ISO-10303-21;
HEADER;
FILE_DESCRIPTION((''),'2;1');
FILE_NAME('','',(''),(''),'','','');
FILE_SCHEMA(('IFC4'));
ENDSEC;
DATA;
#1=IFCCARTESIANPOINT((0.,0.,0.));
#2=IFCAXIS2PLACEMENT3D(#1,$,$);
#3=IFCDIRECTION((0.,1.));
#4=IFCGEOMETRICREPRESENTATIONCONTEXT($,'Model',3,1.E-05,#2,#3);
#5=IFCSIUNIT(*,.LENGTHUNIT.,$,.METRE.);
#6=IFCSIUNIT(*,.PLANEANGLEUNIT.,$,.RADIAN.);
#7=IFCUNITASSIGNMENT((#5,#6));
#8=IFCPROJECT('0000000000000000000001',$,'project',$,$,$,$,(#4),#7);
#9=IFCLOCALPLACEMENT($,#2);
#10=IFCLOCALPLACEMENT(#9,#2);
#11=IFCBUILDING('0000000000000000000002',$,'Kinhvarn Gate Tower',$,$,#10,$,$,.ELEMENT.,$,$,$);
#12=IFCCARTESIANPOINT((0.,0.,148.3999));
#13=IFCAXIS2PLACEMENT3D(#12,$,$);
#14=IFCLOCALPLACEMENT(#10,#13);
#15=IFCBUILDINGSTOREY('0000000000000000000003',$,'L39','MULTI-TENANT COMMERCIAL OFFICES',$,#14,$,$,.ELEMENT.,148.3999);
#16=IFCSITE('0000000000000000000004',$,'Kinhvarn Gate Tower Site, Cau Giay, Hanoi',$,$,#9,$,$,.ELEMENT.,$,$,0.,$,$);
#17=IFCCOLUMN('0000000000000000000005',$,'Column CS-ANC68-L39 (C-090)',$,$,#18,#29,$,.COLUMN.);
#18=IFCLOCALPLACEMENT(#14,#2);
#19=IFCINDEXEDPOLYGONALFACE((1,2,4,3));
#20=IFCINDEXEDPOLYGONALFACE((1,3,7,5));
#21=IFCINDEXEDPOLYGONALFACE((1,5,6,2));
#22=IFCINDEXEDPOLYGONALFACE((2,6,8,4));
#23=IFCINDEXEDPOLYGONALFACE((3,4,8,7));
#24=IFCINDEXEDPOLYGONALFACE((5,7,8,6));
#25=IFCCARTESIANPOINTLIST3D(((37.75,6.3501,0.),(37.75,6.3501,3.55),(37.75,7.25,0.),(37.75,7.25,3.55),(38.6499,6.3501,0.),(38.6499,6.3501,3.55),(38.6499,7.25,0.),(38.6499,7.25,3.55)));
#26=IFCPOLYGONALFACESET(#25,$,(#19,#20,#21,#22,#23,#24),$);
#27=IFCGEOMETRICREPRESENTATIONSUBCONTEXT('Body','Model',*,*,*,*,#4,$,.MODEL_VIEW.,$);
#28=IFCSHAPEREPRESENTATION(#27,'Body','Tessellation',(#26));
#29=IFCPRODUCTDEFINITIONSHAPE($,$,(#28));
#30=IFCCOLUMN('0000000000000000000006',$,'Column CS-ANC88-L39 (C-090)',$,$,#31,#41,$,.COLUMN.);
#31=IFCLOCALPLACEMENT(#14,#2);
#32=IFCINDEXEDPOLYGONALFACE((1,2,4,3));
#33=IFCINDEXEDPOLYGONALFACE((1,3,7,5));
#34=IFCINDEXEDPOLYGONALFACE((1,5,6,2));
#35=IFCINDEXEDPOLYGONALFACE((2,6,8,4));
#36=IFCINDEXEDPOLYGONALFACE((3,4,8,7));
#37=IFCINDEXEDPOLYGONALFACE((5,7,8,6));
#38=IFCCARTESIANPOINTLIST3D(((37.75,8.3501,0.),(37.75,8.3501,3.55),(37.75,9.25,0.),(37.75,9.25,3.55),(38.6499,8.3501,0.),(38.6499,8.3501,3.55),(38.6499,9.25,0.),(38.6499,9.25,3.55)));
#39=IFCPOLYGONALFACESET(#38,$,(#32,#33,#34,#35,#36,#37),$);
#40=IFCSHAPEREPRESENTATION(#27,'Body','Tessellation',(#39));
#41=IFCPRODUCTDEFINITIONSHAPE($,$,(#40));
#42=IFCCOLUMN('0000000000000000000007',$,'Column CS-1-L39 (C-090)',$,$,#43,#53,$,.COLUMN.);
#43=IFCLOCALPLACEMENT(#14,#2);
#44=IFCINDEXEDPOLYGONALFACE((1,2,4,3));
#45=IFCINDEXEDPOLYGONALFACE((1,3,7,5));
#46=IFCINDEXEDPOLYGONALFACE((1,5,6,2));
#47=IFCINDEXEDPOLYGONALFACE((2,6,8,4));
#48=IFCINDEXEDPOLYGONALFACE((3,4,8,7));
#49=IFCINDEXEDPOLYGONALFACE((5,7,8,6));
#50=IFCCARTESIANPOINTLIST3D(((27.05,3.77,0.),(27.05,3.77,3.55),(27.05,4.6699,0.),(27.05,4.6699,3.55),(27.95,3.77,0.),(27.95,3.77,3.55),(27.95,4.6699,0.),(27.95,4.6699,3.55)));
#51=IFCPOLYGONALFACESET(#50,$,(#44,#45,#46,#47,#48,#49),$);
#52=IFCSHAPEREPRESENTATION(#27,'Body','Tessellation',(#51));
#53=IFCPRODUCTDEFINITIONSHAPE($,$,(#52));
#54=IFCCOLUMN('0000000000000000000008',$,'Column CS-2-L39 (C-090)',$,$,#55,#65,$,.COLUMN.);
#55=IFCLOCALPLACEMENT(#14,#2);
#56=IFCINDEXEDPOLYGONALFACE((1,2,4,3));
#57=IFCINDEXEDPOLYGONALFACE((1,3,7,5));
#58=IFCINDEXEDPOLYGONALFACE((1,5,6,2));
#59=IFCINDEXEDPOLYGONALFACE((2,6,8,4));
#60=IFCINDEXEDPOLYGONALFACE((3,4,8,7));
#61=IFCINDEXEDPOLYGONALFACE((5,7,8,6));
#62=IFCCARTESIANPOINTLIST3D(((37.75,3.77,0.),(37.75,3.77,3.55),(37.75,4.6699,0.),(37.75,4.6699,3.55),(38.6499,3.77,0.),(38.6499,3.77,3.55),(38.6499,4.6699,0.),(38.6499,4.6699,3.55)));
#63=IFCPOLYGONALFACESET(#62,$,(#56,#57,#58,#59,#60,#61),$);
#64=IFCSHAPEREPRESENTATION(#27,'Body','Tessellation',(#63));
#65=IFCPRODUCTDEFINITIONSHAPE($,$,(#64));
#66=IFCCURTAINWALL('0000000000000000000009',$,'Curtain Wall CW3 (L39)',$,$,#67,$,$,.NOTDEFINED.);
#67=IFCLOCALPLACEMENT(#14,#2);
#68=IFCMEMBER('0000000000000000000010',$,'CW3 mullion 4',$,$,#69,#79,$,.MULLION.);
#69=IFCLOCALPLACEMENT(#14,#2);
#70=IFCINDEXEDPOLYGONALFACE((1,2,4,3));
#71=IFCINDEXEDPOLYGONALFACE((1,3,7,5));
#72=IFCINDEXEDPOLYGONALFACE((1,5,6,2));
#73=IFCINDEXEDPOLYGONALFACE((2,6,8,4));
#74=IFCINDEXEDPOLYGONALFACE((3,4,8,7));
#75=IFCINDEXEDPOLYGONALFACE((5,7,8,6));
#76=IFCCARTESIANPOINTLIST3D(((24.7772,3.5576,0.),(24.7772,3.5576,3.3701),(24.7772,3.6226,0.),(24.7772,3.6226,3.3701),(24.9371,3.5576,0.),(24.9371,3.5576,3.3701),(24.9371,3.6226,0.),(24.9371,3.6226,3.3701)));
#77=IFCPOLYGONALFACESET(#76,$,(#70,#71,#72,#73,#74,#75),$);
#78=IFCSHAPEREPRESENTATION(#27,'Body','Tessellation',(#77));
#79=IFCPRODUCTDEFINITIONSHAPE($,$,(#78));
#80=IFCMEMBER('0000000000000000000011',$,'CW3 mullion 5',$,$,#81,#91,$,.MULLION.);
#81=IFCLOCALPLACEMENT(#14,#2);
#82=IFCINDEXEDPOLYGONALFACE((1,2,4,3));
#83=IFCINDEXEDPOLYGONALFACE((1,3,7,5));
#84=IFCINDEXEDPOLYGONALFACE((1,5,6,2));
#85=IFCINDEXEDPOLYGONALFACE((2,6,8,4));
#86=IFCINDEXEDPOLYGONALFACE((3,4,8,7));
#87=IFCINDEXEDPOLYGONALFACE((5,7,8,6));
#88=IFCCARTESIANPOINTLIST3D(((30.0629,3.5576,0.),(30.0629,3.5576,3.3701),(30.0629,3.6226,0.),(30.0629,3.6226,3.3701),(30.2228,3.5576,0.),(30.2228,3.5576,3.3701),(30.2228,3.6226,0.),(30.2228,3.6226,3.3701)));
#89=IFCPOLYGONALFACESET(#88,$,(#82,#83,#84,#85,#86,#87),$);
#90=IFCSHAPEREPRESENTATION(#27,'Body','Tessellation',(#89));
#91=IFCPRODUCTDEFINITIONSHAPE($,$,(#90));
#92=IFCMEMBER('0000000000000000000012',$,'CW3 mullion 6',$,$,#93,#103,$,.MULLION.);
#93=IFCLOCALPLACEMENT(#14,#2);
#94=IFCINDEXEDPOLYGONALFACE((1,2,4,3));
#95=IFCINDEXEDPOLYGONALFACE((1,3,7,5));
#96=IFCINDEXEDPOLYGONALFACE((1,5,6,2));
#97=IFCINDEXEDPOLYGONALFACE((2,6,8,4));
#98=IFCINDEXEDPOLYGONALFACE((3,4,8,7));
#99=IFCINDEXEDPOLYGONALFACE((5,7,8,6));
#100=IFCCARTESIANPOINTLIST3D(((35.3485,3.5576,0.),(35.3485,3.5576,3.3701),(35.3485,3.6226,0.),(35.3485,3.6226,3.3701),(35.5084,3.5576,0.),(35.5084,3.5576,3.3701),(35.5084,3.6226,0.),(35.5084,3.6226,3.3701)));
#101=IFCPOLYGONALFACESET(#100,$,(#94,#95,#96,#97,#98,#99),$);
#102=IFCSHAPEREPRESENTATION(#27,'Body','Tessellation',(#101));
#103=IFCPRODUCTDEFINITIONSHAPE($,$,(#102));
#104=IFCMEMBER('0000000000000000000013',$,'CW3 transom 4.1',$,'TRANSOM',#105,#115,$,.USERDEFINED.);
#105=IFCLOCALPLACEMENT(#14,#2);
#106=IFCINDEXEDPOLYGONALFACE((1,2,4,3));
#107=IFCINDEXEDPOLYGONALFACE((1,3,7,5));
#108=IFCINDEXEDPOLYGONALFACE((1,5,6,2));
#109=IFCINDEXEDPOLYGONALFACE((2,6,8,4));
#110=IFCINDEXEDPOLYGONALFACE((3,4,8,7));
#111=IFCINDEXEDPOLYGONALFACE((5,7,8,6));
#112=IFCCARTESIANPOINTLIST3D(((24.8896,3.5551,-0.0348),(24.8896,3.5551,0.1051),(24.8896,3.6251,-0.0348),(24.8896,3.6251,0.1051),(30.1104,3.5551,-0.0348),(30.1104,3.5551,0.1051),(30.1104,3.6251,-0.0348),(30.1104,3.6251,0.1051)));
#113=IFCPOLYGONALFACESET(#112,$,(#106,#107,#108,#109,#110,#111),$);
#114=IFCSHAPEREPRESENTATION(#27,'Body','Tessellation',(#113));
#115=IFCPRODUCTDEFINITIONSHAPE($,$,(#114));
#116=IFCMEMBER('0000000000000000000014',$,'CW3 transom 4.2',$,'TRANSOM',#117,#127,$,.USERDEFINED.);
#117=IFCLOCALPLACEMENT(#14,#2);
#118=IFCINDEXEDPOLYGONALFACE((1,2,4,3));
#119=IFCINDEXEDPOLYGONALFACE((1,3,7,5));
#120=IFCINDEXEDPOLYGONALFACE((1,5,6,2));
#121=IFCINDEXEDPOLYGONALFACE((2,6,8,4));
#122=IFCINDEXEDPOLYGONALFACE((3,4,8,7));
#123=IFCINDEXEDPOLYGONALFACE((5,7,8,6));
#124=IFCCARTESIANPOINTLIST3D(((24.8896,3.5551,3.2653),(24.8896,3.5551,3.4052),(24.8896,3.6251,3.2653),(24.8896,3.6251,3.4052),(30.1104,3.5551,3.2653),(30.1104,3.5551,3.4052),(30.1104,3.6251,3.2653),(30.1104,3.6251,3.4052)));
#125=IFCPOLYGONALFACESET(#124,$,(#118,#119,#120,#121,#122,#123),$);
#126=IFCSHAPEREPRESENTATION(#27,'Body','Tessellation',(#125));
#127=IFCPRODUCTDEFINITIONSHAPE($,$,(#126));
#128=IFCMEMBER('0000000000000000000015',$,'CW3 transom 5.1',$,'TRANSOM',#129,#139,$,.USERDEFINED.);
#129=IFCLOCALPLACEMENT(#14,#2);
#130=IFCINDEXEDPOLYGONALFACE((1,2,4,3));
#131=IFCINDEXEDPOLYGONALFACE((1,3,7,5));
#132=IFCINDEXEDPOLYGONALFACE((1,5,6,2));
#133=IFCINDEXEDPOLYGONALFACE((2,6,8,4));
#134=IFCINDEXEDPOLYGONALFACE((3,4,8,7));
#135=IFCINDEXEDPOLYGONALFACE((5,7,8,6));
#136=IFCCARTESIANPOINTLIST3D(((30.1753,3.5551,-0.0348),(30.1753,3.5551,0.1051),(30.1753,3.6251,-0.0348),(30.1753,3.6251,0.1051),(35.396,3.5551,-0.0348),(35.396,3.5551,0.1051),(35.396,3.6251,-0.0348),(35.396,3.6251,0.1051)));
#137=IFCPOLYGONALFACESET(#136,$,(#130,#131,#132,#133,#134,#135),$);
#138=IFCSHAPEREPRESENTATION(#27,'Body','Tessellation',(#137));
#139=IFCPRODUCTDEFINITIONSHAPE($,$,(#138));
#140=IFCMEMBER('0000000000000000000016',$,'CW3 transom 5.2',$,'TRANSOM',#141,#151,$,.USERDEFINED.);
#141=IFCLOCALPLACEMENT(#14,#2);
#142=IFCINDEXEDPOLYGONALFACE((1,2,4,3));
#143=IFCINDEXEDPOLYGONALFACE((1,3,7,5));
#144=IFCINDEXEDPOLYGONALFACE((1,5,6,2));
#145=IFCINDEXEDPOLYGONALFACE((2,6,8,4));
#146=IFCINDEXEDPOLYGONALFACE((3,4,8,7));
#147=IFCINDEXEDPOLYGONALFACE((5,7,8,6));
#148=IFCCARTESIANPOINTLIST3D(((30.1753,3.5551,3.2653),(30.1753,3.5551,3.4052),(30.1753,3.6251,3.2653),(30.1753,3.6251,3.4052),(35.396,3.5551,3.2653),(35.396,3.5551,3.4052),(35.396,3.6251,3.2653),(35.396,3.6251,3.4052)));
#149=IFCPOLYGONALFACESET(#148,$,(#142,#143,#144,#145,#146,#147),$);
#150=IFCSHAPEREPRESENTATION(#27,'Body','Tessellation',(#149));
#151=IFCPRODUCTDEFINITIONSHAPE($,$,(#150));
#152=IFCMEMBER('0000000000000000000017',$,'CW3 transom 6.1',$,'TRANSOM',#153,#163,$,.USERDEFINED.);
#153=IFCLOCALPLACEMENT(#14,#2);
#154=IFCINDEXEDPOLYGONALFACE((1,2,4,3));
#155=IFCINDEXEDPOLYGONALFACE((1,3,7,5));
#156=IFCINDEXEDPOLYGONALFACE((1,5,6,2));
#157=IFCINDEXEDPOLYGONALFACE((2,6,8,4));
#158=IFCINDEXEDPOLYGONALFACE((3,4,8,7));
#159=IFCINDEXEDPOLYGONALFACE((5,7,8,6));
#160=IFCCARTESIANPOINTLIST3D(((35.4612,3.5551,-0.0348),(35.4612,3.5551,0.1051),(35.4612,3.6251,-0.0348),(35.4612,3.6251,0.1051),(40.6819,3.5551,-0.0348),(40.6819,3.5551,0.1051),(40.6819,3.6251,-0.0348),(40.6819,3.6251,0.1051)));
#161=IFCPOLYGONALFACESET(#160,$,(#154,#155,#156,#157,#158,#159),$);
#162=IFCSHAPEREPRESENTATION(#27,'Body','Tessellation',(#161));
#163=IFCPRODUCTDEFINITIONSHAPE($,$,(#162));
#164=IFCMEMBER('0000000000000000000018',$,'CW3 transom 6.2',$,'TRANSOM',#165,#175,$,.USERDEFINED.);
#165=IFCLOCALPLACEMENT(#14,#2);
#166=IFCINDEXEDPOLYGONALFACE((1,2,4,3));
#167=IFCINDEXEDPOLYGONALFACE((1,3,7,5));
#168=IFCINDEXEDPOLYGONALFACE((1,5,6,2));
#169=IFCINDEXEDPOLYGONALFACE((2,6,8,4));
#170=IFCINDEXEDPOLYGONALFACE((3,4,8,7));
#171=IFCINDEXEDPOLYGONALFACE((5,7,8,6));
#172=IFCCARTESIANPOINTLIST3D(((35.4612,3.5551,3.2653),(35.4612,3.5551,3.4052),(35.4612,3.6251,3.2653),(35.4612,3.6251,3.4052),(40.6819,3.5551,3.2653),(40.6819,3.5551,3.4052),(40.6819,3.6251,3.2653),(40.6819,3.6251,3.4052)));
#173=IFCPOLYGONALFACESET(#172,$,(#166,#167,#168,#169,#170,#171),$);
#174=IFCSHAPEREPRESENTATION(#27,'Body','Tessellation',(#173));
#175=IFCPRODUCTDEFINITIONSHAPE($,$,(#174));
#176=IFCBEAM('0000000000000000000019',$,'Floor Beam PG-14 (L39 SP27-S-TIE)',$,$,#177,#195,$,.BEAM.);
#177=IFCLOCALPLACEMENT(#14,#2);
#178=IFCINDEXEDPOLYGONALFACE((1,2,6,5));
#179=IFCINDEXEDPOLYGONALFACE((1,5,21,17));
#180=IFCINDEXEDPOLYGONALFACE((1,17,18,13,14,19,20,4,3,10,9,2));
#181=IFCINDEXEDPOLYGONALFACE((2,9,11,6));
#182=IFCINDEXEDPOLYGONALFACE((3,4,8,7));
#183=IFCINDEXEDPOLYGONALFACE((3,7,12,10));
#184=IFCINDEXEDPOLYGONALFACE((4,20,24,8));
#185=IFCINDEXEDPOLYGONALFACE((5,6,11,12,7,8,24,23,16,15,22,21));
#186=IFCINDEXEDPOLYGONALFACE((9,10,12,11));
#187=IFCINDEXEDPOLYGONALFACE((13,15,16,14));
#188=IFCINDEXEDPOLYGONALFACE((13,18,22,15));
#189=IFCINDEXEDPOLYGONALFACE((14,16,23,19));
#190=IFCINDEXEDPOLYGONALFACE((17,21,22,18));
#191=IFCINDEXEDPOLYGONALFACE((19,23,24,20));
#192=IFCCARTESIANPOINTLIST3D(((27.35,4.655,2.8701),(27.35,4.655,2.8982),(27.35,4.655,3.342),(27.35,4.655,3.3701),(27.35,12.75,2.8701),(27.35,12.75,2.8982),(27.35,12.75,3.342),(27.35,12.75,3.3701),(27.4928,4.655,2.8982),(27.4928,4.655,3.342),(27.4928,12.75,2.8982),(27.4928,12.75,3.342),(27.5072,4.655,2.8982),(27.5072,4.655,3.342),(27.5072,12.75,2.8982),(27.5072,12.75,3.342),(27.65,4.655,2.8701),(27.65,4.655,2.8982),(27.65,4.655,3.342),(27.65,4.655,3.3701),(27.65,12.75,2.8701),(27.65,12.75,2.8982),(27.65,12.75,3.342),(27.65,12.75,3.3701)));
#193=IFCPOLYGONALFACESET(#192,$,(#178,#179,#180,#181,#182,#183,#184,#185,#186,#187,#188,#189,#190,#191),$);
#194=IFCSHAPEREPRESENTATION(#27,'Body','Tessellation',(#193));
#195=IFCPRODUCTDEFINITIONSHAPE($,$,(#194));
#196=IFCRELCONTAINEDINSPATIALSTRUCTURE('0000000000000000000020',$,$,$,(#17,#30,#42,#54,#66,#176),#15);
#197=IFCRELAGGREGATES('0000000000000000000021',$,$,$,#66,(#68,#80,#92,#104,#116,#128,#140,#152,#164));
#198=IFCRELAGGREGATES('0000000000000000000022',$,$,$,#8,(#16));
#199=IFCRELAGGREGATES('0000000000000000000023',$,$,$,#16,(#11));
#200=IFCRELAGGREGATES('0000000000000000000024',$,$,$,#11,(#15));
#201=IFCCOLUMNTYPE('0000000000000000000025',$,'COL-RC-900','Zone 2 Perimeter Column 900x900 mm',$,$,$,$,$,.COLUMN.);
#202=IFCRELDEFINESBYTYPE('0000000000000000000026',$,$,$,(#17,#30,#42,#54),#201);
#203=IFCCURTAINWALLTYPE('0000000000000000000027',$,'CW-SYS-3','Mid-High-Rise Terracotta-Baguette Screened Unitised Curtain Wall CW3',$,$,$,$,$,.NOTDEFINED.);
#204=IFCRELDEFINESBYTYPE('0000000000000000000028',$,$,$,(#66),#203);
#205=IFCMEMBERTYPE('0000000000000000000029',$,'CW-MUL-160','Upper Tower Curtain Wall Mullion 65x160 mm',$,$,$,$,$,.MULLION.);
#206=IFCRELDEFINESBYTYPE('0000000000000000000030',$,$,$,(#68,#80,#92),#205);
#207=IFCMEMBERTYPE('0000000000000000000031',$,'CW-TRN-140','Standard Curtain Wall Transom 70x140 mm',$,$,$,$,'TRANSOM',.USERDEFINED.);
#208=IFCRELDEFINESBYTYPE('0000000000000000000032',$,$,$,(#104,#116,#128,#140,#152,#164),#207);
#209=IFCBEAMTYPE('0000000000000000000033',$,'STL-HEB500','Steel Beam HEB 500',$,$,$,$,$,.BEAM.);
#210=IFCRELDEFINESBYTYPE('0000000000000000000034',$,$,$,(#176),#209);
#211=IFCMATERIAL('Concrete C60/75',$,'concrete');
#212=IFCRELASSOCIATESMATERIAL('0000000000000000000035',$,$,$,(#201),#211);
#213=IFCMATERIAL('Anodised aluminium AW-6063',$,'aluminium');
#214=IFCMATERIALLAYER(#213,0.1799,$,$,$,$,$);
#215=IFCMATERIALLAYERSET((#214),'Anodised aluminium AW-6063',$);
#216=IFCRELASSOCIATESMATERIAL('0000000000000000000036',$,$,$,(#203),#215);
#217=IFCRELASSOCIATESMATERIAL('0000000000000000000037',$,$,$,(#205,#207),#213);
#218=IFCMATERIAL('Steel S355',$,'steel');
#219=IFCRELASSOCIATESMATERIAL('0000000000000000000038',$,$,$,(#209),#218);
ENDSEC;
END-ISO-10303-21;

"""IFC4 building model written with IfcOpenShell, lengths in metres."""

from ifc_helpers import new_model, si_unit, direction, frame, origin, origin_2d, place, context, subcontext, project, spatial, rectangle, i_section, extrude, material, layer, layer_set, material_profile, profile_set, type_object, element, aggregate, save


model = new_model("IFC4")

# Units and contexts
model_context = context("Model", 3, precision=1e-05, world=origin(), true_north=direction((0.0, 1.0)))
body_context = subcontext(model_context, "Body", "Model", "MODEL_VIEW")
ifc_project = project(units=[si_unit("LENGTHUNIT", "METRE"), si_unit("PLANEANGLEUNIT", "RADIAN")], contexts=[model_context])

# Site, building, storey
site_placement = place(None, origin())
site = spatial("IfcSite", under=ifc_project, at=site_placement, Name="Kinhvarn Gate Tower Site, Cau Giay, Hanoi", CompositionType="ELEMENT", RefElevation=0.0)
building_placement = place(site_placement, origin())
building = spatial("IfcBuilding", under=site, at=building_placement, Name="Kinhvarn Gate Tower", CompositionType="ELEMENT")
storey_placement = place(building_placement, frame((0.0, 0.0, 148.3999)))
storey = spatial("IfcBuildingStorey", under=building, at=storey_placement, Name="L39", Description="MULTI-TENANT COMMERCIAL OFFICES", CompositionType="ELEMENT", Elevation=148.3999)

# Columns
ifc_material_1 = material(Name="Concrete C60/75", Category="concrete")
ifc_material_profile_1 = material_profile(ifc_material_1, rectangle(XDim=0.8999, YDim=0.8999, at=origin_2d()), Name="RC 900x900")
ifc_profile_set_1 = profile_set([ifc_material_profile_1], Name="Concrete C60/75")
column_type = type_object("IfcColumnType", Name="COL-RC-900", Description="Zone 2 Perimeter Column 900x900 mm", PredefinedType="COLUMN", material=ifc_profile_set_1)
for number, where, z_axis, x_axis, name in (
    (1, (38.2, 6.8, 0.0), (0.0, 0.0, 1.0), (1.0, 0.0, 0.0), "Column CS-ANC68-L39 (C-090)"),
    (2, (38.2, 8.8, 0.0), (0.0, 0.0, 1.0), (1.0, 0.0, 0.0), "Column CS-ANC88-L39 (C-090)"),
    (3, (27.5, 4.22, 0.0), (0.0, 0.0, 1.0), (1.0, 0.0, 0.0), "Column CS-1-L39 (C-090)"),
    (4, (38.2, 4.22, 0.0), (0.0, 0.0, 1.0), (1.0, 0.0, 0.0), "Column CS-2-L39 (C-090)"),
):
    element("IfcColumn", number, at=place(storey_placement, frame(where, z_axis=z_axis, x_axis=x_axis)), inside=storey, type_object=column_type, Name=name, PredefinedType="COLUMN", context=body_context, shape_type="SweptSolid", body=[
        extrude(rectangle(XDim=0.8999, YDim=0.8999, at=origin_2d()), origin(), (0.0, 0.0, 1.0), 3.55),
    ])

# Curtain wall, members
ifc_material_2 = material(Name="Anodised aluminium AW-6063", Category="aluminium")
ifc_layer_1 = layer(ifc_material_2, 0.1799)
ifc_layer_set_1 = layer_set([ifc_layer_1], Name="Anodised aluminium AW-6063")
curtain_wall_type = type_object("IfcCurtainWallType", Name="CW-SYS-3", Description="Mid-High-Rise Terracotta-Baguette Screened Unitised Curtain Wall CW3", PredefinedType="NOTDEFINED", material=ifc_layer_set_1)
curtain_wall_placement = place(storey_placement, origin())
curtain_wall = element("IfcCurtainWall", 5, at=curtain_wall_placement, inside=storey, type_object=curtain_wall_type, Name="Curtain Wall CW3 (L39)", PredefinedType="NOTDEFINED")
ifc_material_profile_2 = material_profile(ifc_material_2, rectangle(XDim=0.0649, YDim=0.1599, at=origin_2d()), Name="ALU 65x160")
ifc_profile_set_2 = profile_set([ifc_material_profile_2], Name="Anodised aluminium AW-6063")
member_type_1 = type_object("IfcMemberType", Name="CW-MUL-160", Description="Upper Tower Curtain Wall Mullion 65x160 mm", PredefinedType="MULLION", material=ifc_profile_set_2)
member_1_placement = place(storey_placement, frame((24.8572, 3.5901, 0.0), z_axis=(0.0, 0.0, 1.0), x_axis=(0.0, 1.0, 0.0)))
member_1 = element("IfcMember", 6, at=member_1_placement, type_object=member_type_1, Name="CW3 mullion 4", PredefinedType="MULLION", context=body_context, shape_type="SweptSolid", body=[
    extrude(rectangle(XDim=0.0649, YDim=0.1599, at=origin_2d()), origin(), (0.0, 0.0, 1.0), 3.3701),
])
member_2_placement = place(storey_placement, frame((30.1428, 3.5901, 0.0), z_axis=(0.0, 0.0, 1.0), x_axis=(0.0, 1.0, 0.0)))
member_2 = element("IfcMember", 7, at=member_2_placement, type_object=member_type_1, Name="CW3 mullion 5", PredefinedType="MULLION", context=body_context, shape_type="SweptSolid", body=[
    extrude(rectangle(XDim=0.0649, YDim=0.1599, at=origin_2d()), origin(), (0.0, 0.0, 1.0), 3.3701),
])
member_3_placement = place(storey_placement, frame((35.4285, 3.5901, 0.0), z_axis=(0.0, 0.0, 1.0), x_axis=(0.0, 1.0, 0.0)))
member_3 = element("IfcMember", 8, at=member_3_placement, type_object=member_type_1, Name="CW3 mullion 6", PredefinedType="MULLION", context=body_context, shape_type="SweptSolid", body=[
    extrude(rectangle(XDim=0.0649, YDim=0.1599, at=origin_2d()), origin(), (0.0, 0.0, 1.0), 3.3701),
])
ifc_material_profile_3 = material_profile(ifc_material_2, rectangle(XDim=0.0701, YDim=0.1399, at=origin_2d()), Name="ALU 70x140")
ifc_profile_set_3 = profile_set([ifc_material_profile_3], Name="Anodised aluminium AW-6063")
member_type_2 = type_object("IfcMemberType", Name="CW-TRN-140", Description="Standard Curtain Wall Transom 70x140 mm", ElementType="TRANSOM", PredefinedType="USERDEFINED", material=ifc_profile_set_3)
member_4_placement = place(storey_placement, frame((24.8896, 3.5901, 0.0352), z_axis=(1.0, 0.0, 0.0), x_axis=(0.0, 1.0, 0.0)))
member_4 = element("IfcMember", 9, at=member_4_placement, type_object=member_type_2, Name="CW3 transom 4.1", ObjectType="TRANSOM", PredefinedType="USERDEFINED", context=body_context, shape_type="SweptSolid", body=[
    extrude(rectangle(XDim=0.0701, YDim=0.1399, at=origin_2d()), origin(), (0.0, 0.0, 1.0), 5.2207),
])
member_5_placement = place(storey_placement, frame((24.8896, 3.5901, 3.3352), z_axis=(1.0, 0.0, 0.0), x_axis=(0.0, 1.0, 0.0)))
member_5 = element("IfcMember", 10, at=member_5_placement, type_object=member_type_2, Name="CW3 transom 4.2", ObjectType="TRANSOM", PredefinedType="USERDEFINED", context=body_context, shape_type="SweptSolid", body=[
    extrude(rectangle(XDim=0.0701, YDim=0.1399, at=origin_2d()), origin(), (0.0, 0.0, 1.0), 5.2207),
])
member_6_placement = place(storey_placement, frame((30.1753, 3.5901, 0.0352), z_axis=(1.0, 0.0, 0.0), x_axis=(0.0, 1.0, 0.0)))
member_6 = element("IfcMember", 11, at=member_6_placement, type_object=member_type_2, Name="CW3 transom 5.1", ObjectType="TRANSOM", PredefinedType="USERDEFINED", context=body_context, shape_type="SweptSolid", body=[
    extrude(rectangle(XDim=0.0701, YDim=0.1399, at=origin_2d()), origin(), (0.0, 0.0, 1.0), 5.2207),
])
member_7_placement = place(storey_placement, frame((30.1753, 3.5901, 3.3352), z_axis=(1.0, 0.0, 0.0), x_axis=(0.0, 1.0, 0.0)))
member_7 = element("IfcMember", 12, at=member_7_placement, type_object=member_type_2, Name="CW3 transom 5.2", ObjectType="TRANSOM", PredefinedType="USERDEFINED", context=body_context, shape_type="SweptSolid", body=[
    extrude(rectangle(XDim=0.0701, YDim=0.1399, at=origin_2d()), origin(), (0.0, 0.0, 1.0), 5.2207),
])
member_8_placement = place(storey_placement, frame((35.4612, 3.5901, 0.0352), z_axis=(1.0, 0.0, 0.0), x_axis=(0.0, 1.0, 0.0)))
member_8 = element("IfcMember", 13, at=member_8_placement, type_object=member_type_2, Name="CW3 transom 6.1", ObjectType="TRANSOM", PredefinedType="USERDEFINED", context=body_context, shape_type="SweptSolid", body=[
    extrude(rectangle(XDim=0.0701, YDim=0.1399, at=origin_2d()), origin(), (0.0, 0.0, 1.0), 5.2207),
])
member_9_placement = place(storey_placement, frame((35.4612, 3.5901, 3.3352), z_axis=(1.0, 0.0, 0.0), x_axis=(0.0, 1.0, 0.0)))
member_9 = element("IfcMember", 14, at=member_9_placement, type_object=member_type_2, Name="CW3 transom 6.2", ObjectType="TRANSOM", PredefinedType="USERDEFINED", context=body_context, shape_type="SweptSolid", body=[
    extrude(rectangle(XDim=0.0701, YDim=0.1399, at=origin_2d()), origin(), (0.0, 0.0, 1.0), 5.2207),
])

# Beam
ifc_material_3 = material(Name="Steel S355", Category="steel")
ifc_material_profile_4 = material_profile(ifc_material_3, i_section(OverallWidth=0.3, OverallDepth=0.5, WebThickness=0.0144, FlangeThickness=0.0281, at=origin_2d()), Name="HEB 500")
ifc_profile_set_4 = profile_set([ifc_material_profile_4], Name="Steel S355")
beam_type_1 = type_object("IfcBeamType", Name="STL-HEB500", Description="Steel Beam HEB 500", PredefinedType="BEAM", material=ifc_profile_set_4)
beam_1_placement = place(storey_placement, frame((27.5, 4.655, 3.1201), z_axis=(0.0, 1.0, 0.0), x_axis=(-1.0, 0.0, 0.0)))
element("IfcBeam", 15, at=beam_1_placement, inside=storey, type_object=beam_type_1, Name="Floor Beam PG-14 (L39 SP27-S-TIE)", PredefinedType="BEAM", context=body_context, shape_type="SweptSolid", body=[
    extrude(i_section(OverallWidth=0.3, OverallDepth=0.5, WebThickness=0.0144, FlangeThickness=0.0281, at=origin_2d()), origin(), (0.0, 0.0, 1.0), 8.095),
])

aggregate(curtain_wall, [member_1, member_2, member_3, member_4, member_5, member_6, member_7, member_8, member_9])

save(model, "model.ifc")
